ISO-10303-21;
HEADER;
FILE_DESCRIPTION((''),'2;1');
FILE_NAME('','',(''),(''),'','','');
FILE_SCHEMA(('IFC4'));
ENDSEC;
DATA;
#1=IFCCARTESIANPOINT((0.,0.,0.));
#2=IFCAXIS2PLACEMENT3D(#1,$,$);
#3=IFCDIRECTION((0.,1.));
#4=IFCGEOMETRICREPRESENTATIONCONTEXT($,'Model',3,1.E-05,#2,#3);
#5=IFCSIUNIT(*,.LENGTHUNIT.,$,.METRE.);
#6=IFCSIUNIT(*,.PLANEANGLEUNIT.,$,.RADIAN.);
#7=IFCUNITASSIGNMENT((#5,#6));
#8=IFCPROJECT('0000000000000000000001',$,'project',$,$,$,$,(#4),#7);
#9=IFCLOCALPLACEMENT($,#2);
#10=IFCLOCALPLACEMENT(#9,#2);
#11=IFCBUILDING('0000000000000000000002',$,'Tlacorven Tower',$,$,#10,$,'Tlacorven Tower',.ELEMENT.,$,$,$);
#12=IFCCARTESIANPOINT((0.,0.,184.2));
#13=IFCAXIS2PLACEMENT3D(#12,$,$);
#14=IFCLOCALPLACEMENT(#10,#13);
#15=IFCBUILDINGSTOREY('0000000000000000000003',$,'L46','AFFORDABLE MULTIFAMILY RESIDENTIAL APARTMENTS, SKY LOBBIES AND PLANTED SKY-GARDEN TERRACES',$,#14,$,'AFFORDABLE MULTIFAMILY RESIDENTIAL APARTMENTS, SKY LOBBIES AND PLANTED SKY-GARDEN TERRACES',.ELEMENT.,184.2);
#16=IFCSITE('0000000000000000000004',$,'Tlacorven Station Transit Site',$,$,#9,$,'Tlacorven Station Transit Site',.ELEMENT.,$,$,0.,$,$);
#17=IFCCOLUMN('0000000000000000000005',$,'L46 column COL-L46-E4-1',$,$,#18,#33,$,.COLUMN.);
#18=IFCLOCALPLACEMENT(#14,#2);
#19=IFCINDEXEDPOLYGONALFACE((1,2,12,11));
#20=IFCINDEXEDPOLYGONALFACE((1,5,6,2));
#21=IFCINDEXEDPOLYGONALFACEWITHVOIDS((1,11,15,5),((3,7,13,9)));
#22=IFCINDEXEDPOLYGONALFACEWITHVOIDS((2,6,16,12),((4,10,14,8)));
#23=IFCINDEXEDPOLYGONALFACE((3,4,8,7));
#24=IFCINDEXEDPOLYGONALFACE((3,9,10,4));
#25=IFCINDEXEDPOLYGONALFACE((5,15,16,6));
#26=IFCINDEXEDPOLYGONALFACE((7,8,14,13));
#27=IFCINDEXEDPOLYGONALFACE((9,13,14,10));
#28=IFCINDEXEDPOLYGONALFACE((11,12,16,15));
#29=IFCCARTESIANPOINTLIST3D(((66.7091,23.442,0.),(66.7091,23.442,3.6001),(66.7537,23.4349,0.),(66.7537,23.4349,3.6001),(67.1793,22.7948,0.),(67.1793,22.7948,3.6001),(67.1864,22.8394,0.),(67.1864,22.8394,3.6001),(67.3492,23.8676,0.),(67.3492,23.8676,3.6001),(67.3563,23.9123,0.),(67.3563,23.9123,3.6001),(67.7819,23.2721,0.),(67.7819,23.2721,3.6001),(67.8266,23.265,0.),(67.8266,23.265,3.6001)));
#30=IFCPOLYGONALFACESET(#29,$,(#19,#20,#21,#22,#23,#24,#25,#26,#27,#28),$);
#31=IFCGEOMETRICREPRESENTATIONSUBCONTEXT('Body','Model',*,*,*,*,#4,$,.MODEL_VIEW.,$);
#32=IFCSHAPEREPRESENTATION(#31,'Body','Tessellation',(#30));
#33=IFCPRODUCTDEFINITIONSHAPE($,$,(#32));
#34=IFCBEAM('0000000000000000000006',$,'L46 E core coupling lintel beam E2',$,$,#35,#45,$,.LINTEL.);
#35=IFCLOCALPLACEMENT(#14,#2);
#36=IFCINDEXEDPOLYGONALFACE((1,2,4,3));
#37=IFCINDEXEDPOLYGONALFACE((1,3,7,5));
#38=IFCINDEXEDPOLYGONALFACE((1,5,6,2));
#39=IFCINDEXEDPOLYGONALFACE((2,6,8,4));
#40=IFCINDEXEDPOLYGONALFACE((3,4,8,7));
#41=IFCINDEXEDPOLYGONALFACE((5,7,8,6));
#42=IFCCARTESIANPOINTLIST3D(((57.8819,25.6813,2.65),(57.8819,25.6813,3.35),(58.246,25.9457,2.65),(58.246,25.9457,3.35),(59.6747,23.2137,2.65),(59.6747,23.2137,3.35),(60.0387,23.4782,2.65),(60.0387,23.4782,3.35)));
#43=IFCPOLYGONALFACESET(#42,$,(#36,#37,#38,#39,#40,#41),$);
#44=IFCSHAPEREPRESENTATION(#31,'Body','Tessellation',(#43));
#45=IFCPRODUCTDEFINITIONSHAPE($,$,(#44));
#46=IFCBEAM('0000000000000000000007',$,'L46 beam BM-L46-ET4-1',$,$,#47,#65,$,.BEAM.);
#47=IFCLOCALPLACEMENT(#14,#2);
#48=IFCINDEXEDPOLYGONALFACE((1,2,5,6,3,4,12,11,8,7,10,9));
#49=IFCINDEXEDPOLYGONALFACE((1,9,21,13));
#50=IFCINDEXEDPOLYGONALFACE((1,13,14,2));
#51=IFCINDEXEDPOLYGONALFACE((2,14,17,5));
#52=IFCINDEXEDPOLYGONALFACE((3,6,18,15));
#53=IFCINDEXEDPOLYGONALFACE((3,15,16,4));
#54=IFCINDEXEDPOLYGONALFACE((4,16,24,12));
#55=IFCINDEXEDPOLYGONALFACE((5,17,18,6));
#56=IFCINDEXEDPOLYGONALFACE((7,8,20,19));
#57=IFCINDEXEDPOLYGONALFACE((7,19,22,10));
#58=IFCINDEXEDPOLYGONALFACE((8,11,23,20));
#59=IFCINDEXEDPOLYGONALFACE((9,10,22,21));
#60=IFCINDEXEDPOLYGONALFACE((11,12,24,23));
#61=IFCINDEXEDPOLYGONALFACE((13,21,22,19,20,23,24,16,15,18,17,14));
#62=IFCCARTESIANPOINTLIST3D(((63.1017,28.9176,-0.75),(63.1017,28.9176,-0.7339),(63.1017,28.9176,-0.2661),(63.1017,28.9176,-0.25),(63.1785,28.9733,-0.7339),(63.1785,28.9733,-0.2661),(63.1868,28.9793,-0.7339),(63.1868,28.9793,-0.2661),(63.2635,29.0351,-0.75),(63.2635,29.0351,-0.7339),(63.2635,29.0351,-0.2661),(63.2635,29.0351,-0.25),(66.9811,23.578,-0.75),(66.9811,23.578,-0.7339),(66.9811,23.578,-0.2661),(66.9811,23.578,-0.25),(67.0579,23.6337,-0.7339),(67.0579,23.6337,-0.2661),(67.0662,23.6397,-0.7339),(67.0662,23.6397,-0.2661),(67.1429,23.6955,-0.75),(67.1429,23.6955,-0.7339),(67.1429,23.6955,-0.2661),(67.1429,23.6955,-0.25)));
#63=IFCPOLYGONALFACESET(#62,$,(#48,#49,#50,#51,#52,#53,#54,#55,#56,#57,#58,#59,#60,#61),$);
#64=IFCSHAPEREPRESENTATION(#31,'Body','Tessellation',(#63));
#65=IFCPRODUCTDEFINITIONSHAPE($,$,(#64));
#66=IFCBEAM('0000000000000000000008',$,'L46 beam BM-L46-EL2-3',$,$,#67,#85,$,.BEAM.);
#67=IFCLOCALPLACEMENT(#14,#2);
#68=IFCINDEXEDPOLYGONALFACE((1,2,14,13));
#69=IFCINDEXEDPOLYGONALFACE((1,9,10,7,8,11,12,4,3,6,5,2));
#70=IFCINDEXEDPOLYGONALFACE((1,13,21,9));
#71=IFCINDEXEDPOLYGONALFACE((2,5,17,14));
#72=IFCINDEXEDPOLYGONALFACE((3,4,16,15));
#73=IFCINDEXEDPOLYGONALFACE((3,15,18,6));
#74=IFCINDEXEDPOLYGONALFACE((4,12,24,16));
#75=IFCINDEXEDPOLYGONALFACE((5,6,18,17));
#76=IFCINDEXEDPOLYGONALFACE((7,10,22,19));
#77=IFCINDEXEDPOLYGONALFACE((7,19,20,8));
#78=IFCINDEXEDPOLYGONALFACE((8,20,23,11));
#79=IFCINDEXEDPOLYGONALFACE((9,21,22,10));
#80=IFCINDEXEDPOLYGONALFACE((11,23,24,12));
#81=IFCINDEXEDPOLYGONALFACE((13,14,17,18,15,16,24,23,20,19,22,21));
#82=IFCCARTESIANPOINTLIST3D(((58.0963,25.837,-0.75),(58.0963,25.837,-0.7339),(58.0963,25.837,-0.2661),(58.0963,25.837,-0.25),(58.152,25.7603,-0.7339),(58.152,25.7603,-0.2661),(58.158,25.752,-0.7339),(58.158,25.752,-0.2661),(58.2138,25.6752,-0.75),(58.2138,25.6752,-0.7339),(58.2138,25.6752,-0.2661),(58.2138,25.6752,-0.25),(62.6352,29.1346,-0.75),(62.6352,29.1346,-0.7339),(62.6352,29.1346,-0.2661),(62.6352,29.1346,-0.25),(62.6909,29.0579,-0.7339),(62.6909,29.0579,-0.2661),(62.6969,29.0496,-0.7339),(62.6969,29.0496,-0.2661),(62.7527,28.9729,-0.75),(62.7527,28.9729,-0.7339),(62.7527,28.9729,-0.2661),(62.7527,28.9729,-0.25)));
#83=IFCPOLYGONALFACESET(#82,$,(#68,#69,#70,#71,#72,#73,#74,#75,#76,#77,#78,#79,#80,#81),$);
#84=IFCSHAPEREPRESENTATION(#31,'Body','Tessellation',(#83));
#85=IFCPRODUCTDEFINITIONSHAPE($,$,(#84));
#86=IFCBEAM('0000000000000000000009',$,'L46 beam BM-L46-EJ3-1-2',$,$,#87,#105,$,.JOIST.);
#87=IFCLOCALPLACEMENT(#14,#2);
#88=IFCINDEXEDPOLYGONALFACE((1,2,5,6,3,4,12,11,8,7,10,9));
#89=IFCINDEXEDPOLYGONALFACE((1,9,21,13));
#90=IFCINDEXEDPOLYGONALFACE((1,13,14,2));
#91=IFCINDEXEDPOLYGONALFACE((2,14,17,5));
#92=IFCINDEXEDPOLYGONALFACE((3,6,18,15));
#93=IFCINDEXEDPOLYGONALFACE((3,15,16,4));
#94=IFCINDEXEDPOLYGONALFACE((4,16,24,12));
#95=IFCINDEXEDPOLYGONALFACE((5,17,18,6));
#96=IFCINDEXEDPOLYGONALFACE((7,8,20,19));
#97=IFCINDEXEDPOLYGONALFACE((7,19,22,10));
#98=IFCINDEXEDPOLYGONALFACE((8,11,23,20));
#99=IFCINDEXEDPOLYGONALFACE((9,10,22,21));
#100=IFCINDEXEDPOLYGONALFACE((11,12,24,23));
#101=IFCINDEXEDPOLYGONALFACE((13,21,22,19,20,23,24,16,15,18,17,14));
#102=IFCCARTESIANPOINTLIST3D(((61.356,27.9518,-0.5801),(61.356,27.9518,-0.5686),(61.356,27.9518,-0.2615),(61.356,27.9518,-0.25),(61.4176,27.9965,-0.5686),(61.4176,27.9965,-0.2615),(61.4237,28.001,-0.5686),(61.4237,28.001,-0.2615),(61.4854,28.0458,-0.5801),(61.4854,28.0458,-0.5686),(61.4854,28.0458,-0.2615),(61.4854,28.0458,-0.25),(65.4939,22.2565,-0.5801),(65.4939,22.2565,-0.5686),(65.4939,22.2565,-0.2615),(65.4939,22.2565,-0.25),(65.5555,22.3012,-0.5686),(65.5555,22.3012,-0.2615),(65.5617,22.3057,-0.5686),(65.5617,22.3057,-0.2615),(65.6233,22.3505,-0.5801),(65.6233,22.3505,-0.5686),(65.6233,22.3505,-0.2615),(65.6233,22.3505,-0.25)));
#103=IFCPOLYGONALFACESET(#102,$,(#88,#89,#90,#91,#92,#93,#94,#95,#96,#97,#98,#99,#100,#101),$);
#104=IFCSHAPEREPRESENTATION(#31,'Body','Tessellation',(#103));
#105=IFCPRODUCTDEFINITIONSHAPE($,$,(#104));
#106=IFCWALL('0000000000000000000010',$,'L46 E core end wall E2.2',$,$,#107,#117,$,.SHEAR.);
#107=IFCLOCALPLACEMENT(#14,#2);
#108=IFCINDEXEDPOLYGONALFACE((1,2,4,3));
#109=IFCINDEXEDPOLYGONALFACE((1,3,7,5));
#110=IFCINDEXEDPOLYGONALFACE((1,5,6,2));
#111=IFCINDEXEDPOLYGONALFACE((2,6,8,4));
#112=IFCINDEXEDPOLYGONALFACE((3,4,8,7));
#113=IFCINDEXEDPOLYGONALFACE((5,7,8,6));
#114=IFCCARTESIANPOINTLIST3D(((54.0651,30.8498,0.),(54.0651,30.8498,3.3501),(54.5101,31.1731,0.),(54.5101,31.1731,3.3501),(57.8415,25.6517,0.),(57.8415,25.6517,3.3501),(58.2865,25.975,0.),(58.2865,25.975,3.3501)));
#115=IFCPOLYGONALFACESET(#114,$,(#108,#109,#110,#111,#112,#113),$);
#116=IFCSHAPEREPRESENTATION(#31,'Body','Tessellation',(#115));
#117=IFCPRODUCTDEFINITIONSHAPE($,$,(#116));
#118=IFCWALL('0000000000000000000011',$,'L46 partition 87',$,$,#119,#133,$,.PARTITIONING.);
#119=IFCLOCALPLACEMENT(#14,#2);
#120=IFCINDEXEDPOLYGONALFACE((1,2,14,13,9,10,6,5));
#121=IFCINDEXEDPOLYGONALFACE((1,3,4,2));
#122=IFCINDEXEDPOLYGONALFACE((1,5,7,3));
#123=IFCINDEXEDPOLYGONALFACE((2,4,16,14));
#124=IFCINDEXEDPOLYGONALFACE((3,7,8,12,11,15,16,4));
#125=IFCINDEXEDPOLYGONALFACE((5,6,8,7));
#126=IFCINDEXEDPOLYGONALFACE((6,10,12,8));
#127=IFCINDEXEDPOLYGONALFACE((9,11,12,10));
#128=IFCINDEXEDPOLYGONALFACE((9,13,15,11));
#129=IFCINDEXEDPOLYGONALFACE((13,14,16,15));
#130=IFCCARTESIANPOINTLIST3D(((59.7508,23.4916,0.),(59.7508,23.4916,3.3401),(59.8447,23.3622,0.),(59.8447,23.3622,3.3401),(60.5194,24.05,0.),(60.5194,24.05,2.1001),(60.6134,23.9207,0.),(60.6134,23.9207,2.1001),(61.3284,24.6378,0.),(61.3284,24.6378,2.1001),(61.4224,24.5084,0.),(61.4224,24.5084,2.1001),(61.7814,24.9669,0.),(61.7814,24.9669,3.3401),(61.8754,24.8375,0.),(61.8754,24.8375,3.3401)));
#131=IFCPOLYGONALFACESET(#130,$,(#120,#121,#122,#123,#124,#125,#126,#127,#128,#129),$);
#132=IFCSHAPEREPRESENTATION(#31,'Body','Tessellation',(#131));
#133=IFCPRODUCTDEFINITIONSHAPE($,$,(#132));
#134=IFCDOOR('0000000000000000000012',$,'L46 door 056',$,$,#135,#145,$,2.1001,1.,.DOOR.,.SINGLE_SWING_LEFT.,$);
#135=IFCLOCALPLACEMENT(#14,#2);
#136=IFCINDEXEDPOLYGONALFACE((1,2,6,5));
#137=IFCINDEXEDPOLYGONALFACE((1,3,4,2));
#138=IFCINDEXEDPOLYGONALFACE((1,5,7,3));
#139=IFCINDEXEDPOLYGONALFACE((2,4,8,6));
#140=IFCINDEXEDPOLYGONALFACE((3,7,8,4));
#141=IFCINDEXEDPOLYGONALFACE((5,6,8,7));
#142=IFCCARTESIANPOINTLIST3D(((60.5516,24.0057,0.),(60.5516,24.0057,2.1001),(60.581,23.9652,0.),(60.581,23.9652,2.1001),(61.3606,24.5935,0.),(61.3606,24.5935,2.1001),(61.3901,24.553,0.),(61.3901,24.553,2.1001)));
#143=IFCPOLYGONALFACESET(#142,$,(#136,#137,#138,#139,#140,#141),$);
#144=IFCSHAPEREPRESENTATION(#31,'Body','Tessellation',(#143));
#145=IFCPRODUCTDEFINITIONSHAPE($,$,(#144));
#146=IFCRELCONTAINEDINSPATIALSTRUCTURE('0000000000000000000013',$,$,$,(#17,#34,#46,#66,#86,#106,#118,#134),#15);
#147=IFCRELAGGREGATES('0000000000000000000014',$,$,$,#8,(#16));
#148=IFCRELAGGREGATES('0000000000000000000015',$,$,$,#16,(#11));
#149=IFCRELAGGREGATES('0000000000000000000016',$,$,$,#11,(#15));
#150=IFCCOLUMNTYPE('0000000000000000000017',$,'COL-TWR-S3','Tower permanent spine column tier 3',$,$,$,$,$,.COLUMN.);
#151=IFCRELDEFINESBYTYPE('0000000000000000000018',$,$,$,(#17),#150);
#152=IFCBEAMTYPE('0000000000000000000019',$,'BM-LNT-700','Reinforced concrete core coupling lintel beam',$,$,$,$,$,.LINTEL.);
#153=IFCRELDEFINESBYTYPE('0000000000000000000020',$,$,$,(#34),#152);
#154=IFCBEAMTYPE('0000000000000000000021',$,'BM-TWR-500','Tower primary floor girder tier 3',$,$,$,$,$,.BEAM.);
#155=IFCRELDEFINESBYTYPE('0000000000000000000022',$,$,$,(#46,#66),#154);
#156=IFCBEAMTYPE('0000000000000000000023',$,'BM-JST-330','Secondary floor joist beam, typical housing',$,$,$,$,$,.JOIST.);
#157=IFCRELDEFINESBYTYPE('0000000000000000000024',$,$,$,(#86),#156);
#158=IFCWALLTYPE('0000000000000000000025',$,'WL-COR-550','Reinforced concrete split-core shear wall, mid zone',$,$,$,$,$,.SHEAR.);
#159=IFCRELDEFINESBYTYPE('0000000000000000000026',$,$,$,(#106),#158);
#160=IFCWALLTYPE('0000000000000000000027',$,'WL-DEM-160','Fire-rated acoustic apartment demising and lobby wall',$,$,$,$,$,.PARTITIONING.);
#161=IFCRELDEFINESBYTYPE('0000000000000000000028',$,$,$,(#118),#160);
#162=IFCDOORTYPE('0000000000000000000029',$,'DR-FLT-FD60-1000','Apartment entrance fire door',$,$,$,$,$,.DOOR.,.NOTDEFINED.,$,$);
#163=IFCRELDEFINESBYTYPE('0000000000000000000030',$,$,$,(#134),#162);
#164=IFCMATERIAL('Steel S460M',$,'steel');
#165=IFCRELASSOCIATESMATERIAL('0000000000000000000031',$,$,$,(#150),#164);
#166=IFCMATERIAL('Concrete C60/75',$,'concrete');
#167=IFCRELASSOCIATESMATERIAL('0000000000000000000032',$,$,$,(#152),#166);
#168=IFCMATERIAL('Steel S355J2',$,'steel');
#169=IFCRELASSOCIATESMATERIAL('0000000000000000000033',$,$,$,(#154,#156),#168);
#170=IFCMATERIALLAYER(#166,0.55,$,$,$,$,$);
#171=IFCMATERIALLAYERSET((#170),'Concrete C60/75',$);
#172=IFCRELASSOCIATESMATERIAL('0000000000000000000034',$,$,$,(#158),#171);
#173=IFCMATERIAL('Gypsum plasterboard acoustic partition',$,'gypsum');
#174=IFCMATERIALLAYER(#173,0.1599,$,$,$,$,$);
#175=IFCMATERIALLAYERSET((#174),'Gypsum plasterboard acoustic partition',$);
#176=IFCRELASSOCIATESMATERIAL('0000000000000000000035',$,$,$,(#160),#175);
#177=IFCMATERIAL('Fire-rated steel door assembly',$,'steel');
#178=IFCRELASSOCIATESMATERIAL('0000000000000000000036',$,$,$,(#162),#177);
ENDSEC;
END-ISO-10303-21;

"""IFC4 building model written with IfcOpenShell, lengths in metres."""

from ifc_helpers import new_model, si_unit, direction, frame, frame_2d, origin, origin_2d, place, context, subcontext, project, spatial, rectangle, hollow_rectangle, i_section, extrude, source, transform, mapped, material, layer, layer_set, material_profile, profile_set, type_object, element, fill, save


model = new_model("IFC4")

# Units and contexts
model_context = context("Model", 3, precision=1e-05, world=origin(), true_north=direction((0.0, 1.0)))
body_context = subcontext(model_context, "Body", "Model", "MODEL_VIEW")
ifc_project = project(units=[si_unit("LENGTHUNIT", "METRE"), si_unit("PLANEANGLEUNIT", "RADIAN")], contexts=[model_context])

# Site, building, storey
site_placement = place(None, origin())
site = spatial("IfcSite", under=ifc_project, at=site_placement, Name="Tlacorven Station Transit Site", LongName="Tlacorven Station Transit Site", CompositionType="ELEMENT", RefElevation=0.0)
building_placement = place(site_placement, origin())
building = spatial("IfcBuilding", under=site, at=building_placement, Name="Tlacorven Tower", LongName="Tlacorven Tower", CompositionType="ELEMENT")
storey_placement = place(building_placement, frame((0.0, 0.0, 184.2)))
storey = spatial("IfcBuildingStorey", under=building, at=storey_placement, Name="L46", Description="AFFORDABLE MULTIFAMILY RESIDENTIAL APARTMENTS, SKY LOBBIES AND PLANTED SKY-GARDEN TERRACES", LongName="AFFORDABLE MULTIFAMILY RESIDENTIAL APARTMENTS, SKY LOBBIES AND PLANTED SKY-GARDEN TERRACES", CompositionType="ELEMENT", Elevation=184.2)

# Column
ifc_material_1 = material(Name="Steel S460M", Category="steel")
ifc_material_profile_1 = material_profile(ifc_material_1, hollow_rectangle(XDim=0.8, YDim=0.8, WallThickness=0.032, at=origin_2d()), Name="BOX 800X800X32")
ifc_profile_set_1 = profile_set([ifc_material_profile_1], Name="Steel S460M")
column_type = type_object("IfcColumnType", Name="COL-TWR-S3", Description="Tower permanent spine column tier 3", PredefinedType="COLUMN", material=ifc_profile_set_1)
shared_shape_1 = source(origin(), body_context, "Body", "SweptSolid", [
    extrude(hollow_rectangle(XDim=0.8, YDim=0.8, WallThickness=0.032, at=origin_2d()), origin(), (0.0, 0.0, 1.0), 3.6001),
])
column_placement = place(storey_placement, frame((67.2678, 23.3535, 0.0), z_axis=(0.0, 0.0, 1.0), x_axis=(0.809017, 0.587785, 0.0)))
element("IfcColumn", 1, at=column_placement, inside=storey, type_object=column_type, Name="L46 column COL-L46-E4-1", PredefinedType="COLUMN", context=body_context, shape_type="MappedRepresentation", body=[
    mapped(shared_shape_1, transform((0.0, 0.0, 0.0), scale=1.0)),
])

# Beams
ifc_material_2 = material(Name="Concrete C60/75", Category="concrete")
ifc_material_profile_2 = material_profile(ifc_material_2, rectangle(XDim=0.45, YDim=0.7, at=origin_2d()), Name="RC 450X700")
ifc_profile_set_2 = profile_set([ifc_material_profile_2], Name="Concrete C60/75")
beam_type_1 = type_object("IfcBeamType", Name="BM-LNT-700", Description="Reinforced concrete core coupling lintel beam", PredefinedType="LINTEL", material=ifc_profile_set_2)
shared_shape_2 = source(origin(), body_context, "Body", "SweptSolid", [
    extrude(rectangle(XDim=0.45, YDim=0.7, at=origin_2d()), origin(), (0.0, 0.0, 1.0), 3.05),
])
beam_1_placement = place(storey_placement, frame((59.8567, 23.3459, 3.0), z_axis=(-0.587777, 0.809023, 0.0), x_axis=(-0.809023, -0.587777, 0.0)))
element("IfcBeam", 2, at=beam_1_placement, inside=storey, type_object=beam_type_1, Name="L46 E core coupling lintel beam E2", PredefinedType="LINTEL", context=body_context, shape_type="MappedRepresentation", body=[
    mapped(shared_shape_2, transform((0.0, 0.0, 0.0), scale=1.0)),
])
ifc_material_3 = material(Name="Steel S355J2", Category="steel")
ifc_material_profile_3 = material_profile(ifc_material_3, i_section(OverallWidth=0.2, OverallDepth=0.5, WebThickness=0.0103, FlangeThickness=0.0161, at=origin_2d()), Name="IPE 500")
ifc_profile_set_3 = profile_set([ifc_material_profile_3], Name="Steel S355J2")
beam_type_2 = type_object("IfcBeamType", Name="BM-TWR-500", Description="Tower primary floor girder tier 3", PredefinedType="BEAM", material=ifc_profile_set_3)
shared_shape_3 = source(origin(), body_context, "Body", "SweptSolid", [
    extrude(i_section(OverallWidth=0.2, OverallDepth=0.5, WebThickness=0.0103, FlangeThickness=0.0161, at=origin_2d()), origin(), (0.0, 0.0, 1.0), 6.6001),
])
beam_2_placement = place(storey_placement, frame((67.062, 23.6367, -0.5), z_axis=(-0.58778, 0.809021, 0.0), x_axis=(-0.809021, -0.58778, 0.0)))
element("IfcBeam", 3, at=beam_2_placement, inside=storey, type_object=beam_type_2, Name="L46 beam BM-L46-ET4-1", PredefinedType="BEAM", context=body_context, shape_type="MappedRepresentation", body=[
    mapped(shared_shape_3, transform((0.0, 0.0, 0.0), scale=1.0)),
])
shared_shape_4 = source(origin(), body_context, "Body", "SweptSolid", [
    extrude(i_section(OverallWidth=0.2, OverallDepth=0.5, WebThickness=0.0103, FlangeThickness=0.0161, at=origin_2d()), origin(), (0.0, 0.0, 1.0), 5.6104),
])
beam_3_placement = place(storey_placement, frame((58.155, 25.7561, -0.5), z_axis=(0.80902, 0.587781, 0.0), x_axis=(-0.587781, 0.80902, 0.0)))
element("IfcBeam", 4, at=beam_3_placement, inside=storey, type_object=beam_type_2, Name="L46 beam BM-L46-EL2-3", PredefinedType="BEAM", context=body_context, shape_type="MappedRepresentation", body=[
    mapped(shared_shape_4, transform((0.0, 0.0, 0.0), scale=1.0)),
])
ifc_material_profile_4 = material_profile(ifc_material_3, i_section(OverallWidth=0.1599, OverallDepth=0.3301, WebThickness=0.0076, FlangeThickness=0.0115, at=origin_2d()), Name="IPE 330")
ifc_profile_set_4 = profile_set([ifc_material_profile_4], Name="Steel S355J2")
beam_type_3 = type_object("IfcBeamType", Name="BM-JST-330", Description="Secondary floor joist beam, typical housing", PredefinedType="JOIST", material=ifc_profile_set_4)
shared_shape_5 = source(origin(), body_context, "Body", "SweptSolid", [
    extrude(i_section(OverallWidth=0.1599, OverallDepth=0.3301, WebThickness=0.0076, FlangeThickness=0.0115, at=origin_2d()), origin(), (0.0, 0.0, 1.0), 7.0398),
])
beam_4_placement = place(storey_placement, frame((65.5586, 22.3035, -0.415), z_axis=(-0.58779, 0.809013, 0.0), x_axis=(-0.809013, -0.58779, 0.0)))
element("IfcBeam", 5, at=beam_4_placement, inside=storey, type_object=beam_type_3, Name="L46 beam BM-L46-EJ3-1-2", PredefinedType="JOIST", context=body_context, shape_type="MappedRepresentation", body=[
    mapped(shared_shape_5, transform((0.0, 0.0, 0.0), scale=1.0)),
])

# Wall
ifc_layer_1 = layer(ifc_material_2, 0.55)
ifc_layer_set_1 = layer_set([ifc_layer_1], Name="Concrete C60/75")
wall_type_1 = type_object("IfcWallType", Name="WL-COR-550", Description="Reinforced concrete split-core shear wall, mid zone", PredefinedType="SHEAR", material=ifc_layer_set_1)
wall_1_placement = place(storey_placement, frame((58.064, 25.8135, 0.0), z_axis=(0.0, 0.0, 1.0), x_axis=(-0.587765, 0.809032, 0.0)))
element("IfcWall", 6, at=wall_1_placement, inside=storey, type_object=wall_type_1, Name="L46 E core end wall E2.2", PredefinedType="SHEAR", context=body_context, shape_type="SweptSolid", body=[
    extrude(rectangle(XDim=6.425, YDim=0.55, at=frame_2d((3.2124, 0.0))), origin(), (0.0, 0.0, 1.0), 3.3501),
])

# Wall, opening, door
ifc_material_4 = material(Name="Gypsum plasterboard acoustic partition", Category="gypsum")
ifc_layer_2 = layer(ifc_material_4, 0.1599)
ifc_layer_set_2 = layer_set([ifc_layer_2], Name="Gypsum plasterboard acoustic partition")
wall_type_2 = type_object("IfcWallType", Name="WL-DEM-160", Description="Fire-rated acoustic apartment demising and lobby wall", PredefinedType="PARTITIONING", material=ifc_layer_set_2)
wall_2_placement = place(storey_placement, frame((59.7979, 23.427, 0.0), z_axis=(0.0, 0.0, 1.0), x_axis=(0.809035, 0.587761, 0.0)))
wall_2 = element("IfcWall", 7, at=wall_2_placement, inside=storey, type_object=wall_type_2, Name="L46 partition 87", PredefinedType="PARTITIONING", context=body_context, shape_type="SweptSolid", body=[
    extrude(rectangle(XDim=2.51, YDim=0.1599, at=frame_2d((1.2549, 0.0))), origin(), (0.0, 0.0, 1.0), 3.3401),
])
opening_1_placement = place(wall_2_placement, frame((0.95, 0.0, 0.0)))
opening_1 = element("IfcOpeningElement", 8, at=opening_1_placement, cuts=wall_2, PredefinedType="OPENING", context=body_context, shape_type="SweptSolid", body=[
    extrude(rectangle(XDim=1.0, YDim=2.1001, at=frame_2d((0.5, 1.05))), frame((0.0, 0.0898, 0.0), z_axis=(0.0, -1.0, 0.0), x_axis=(1.0, 0.0, 0.0)), (0.0, 0.0, 1.0), 0.1799),
])
ifc_material_5 = material(Name="Fire-rated steel door assembly", Category="steel")
door_type_1 = type_object("IfcDoorType", Name="DR-FLT-FD60-1000", Description="Apartment entrance fire door", OperationType="NOTDEFINED", PredefinedType="DOOR", material=ifc_material_5)
shared_shape_6 = source(origin(), body_context, "Body", "SweptSolid", [
    extrude(rectangle(XDim=1.0, YDim=2.1001, at=frame_2d((0.5, 1.05))), frame((0.0, 0.0249, 0.0), z_axis=(0.0, -1.0, 0.0), x_axis=(1.0, 0.0, 0.0)), (0.0, 0.0, 1.0), 0.05),
])
door_1_placement = place(opening_1_placement, frame((1.0, 0.0, 0.0), z_axis=(0.0, 0.0, 1.0), x_axis=(-1.0, 0.0, 0.0)))
door_1 = element("IfcDoor", 9, at=door_1_placement, inside=storey, type_object=door_type_1, Name="L46 door 056", OperationType="SINGLE_SWING_LEFT", OverallHeight=2.1001, OverallWidth=1.0, PredefinedType="DOOR", context=body_context, shape_type="MappedRepresentation", body=[
    mapped(shared_shape_6, transform((0.0, 0.0, 0.0), scale=1.0)),
])
fill(opening_1, door_1)

save(model, "model.ifc")
